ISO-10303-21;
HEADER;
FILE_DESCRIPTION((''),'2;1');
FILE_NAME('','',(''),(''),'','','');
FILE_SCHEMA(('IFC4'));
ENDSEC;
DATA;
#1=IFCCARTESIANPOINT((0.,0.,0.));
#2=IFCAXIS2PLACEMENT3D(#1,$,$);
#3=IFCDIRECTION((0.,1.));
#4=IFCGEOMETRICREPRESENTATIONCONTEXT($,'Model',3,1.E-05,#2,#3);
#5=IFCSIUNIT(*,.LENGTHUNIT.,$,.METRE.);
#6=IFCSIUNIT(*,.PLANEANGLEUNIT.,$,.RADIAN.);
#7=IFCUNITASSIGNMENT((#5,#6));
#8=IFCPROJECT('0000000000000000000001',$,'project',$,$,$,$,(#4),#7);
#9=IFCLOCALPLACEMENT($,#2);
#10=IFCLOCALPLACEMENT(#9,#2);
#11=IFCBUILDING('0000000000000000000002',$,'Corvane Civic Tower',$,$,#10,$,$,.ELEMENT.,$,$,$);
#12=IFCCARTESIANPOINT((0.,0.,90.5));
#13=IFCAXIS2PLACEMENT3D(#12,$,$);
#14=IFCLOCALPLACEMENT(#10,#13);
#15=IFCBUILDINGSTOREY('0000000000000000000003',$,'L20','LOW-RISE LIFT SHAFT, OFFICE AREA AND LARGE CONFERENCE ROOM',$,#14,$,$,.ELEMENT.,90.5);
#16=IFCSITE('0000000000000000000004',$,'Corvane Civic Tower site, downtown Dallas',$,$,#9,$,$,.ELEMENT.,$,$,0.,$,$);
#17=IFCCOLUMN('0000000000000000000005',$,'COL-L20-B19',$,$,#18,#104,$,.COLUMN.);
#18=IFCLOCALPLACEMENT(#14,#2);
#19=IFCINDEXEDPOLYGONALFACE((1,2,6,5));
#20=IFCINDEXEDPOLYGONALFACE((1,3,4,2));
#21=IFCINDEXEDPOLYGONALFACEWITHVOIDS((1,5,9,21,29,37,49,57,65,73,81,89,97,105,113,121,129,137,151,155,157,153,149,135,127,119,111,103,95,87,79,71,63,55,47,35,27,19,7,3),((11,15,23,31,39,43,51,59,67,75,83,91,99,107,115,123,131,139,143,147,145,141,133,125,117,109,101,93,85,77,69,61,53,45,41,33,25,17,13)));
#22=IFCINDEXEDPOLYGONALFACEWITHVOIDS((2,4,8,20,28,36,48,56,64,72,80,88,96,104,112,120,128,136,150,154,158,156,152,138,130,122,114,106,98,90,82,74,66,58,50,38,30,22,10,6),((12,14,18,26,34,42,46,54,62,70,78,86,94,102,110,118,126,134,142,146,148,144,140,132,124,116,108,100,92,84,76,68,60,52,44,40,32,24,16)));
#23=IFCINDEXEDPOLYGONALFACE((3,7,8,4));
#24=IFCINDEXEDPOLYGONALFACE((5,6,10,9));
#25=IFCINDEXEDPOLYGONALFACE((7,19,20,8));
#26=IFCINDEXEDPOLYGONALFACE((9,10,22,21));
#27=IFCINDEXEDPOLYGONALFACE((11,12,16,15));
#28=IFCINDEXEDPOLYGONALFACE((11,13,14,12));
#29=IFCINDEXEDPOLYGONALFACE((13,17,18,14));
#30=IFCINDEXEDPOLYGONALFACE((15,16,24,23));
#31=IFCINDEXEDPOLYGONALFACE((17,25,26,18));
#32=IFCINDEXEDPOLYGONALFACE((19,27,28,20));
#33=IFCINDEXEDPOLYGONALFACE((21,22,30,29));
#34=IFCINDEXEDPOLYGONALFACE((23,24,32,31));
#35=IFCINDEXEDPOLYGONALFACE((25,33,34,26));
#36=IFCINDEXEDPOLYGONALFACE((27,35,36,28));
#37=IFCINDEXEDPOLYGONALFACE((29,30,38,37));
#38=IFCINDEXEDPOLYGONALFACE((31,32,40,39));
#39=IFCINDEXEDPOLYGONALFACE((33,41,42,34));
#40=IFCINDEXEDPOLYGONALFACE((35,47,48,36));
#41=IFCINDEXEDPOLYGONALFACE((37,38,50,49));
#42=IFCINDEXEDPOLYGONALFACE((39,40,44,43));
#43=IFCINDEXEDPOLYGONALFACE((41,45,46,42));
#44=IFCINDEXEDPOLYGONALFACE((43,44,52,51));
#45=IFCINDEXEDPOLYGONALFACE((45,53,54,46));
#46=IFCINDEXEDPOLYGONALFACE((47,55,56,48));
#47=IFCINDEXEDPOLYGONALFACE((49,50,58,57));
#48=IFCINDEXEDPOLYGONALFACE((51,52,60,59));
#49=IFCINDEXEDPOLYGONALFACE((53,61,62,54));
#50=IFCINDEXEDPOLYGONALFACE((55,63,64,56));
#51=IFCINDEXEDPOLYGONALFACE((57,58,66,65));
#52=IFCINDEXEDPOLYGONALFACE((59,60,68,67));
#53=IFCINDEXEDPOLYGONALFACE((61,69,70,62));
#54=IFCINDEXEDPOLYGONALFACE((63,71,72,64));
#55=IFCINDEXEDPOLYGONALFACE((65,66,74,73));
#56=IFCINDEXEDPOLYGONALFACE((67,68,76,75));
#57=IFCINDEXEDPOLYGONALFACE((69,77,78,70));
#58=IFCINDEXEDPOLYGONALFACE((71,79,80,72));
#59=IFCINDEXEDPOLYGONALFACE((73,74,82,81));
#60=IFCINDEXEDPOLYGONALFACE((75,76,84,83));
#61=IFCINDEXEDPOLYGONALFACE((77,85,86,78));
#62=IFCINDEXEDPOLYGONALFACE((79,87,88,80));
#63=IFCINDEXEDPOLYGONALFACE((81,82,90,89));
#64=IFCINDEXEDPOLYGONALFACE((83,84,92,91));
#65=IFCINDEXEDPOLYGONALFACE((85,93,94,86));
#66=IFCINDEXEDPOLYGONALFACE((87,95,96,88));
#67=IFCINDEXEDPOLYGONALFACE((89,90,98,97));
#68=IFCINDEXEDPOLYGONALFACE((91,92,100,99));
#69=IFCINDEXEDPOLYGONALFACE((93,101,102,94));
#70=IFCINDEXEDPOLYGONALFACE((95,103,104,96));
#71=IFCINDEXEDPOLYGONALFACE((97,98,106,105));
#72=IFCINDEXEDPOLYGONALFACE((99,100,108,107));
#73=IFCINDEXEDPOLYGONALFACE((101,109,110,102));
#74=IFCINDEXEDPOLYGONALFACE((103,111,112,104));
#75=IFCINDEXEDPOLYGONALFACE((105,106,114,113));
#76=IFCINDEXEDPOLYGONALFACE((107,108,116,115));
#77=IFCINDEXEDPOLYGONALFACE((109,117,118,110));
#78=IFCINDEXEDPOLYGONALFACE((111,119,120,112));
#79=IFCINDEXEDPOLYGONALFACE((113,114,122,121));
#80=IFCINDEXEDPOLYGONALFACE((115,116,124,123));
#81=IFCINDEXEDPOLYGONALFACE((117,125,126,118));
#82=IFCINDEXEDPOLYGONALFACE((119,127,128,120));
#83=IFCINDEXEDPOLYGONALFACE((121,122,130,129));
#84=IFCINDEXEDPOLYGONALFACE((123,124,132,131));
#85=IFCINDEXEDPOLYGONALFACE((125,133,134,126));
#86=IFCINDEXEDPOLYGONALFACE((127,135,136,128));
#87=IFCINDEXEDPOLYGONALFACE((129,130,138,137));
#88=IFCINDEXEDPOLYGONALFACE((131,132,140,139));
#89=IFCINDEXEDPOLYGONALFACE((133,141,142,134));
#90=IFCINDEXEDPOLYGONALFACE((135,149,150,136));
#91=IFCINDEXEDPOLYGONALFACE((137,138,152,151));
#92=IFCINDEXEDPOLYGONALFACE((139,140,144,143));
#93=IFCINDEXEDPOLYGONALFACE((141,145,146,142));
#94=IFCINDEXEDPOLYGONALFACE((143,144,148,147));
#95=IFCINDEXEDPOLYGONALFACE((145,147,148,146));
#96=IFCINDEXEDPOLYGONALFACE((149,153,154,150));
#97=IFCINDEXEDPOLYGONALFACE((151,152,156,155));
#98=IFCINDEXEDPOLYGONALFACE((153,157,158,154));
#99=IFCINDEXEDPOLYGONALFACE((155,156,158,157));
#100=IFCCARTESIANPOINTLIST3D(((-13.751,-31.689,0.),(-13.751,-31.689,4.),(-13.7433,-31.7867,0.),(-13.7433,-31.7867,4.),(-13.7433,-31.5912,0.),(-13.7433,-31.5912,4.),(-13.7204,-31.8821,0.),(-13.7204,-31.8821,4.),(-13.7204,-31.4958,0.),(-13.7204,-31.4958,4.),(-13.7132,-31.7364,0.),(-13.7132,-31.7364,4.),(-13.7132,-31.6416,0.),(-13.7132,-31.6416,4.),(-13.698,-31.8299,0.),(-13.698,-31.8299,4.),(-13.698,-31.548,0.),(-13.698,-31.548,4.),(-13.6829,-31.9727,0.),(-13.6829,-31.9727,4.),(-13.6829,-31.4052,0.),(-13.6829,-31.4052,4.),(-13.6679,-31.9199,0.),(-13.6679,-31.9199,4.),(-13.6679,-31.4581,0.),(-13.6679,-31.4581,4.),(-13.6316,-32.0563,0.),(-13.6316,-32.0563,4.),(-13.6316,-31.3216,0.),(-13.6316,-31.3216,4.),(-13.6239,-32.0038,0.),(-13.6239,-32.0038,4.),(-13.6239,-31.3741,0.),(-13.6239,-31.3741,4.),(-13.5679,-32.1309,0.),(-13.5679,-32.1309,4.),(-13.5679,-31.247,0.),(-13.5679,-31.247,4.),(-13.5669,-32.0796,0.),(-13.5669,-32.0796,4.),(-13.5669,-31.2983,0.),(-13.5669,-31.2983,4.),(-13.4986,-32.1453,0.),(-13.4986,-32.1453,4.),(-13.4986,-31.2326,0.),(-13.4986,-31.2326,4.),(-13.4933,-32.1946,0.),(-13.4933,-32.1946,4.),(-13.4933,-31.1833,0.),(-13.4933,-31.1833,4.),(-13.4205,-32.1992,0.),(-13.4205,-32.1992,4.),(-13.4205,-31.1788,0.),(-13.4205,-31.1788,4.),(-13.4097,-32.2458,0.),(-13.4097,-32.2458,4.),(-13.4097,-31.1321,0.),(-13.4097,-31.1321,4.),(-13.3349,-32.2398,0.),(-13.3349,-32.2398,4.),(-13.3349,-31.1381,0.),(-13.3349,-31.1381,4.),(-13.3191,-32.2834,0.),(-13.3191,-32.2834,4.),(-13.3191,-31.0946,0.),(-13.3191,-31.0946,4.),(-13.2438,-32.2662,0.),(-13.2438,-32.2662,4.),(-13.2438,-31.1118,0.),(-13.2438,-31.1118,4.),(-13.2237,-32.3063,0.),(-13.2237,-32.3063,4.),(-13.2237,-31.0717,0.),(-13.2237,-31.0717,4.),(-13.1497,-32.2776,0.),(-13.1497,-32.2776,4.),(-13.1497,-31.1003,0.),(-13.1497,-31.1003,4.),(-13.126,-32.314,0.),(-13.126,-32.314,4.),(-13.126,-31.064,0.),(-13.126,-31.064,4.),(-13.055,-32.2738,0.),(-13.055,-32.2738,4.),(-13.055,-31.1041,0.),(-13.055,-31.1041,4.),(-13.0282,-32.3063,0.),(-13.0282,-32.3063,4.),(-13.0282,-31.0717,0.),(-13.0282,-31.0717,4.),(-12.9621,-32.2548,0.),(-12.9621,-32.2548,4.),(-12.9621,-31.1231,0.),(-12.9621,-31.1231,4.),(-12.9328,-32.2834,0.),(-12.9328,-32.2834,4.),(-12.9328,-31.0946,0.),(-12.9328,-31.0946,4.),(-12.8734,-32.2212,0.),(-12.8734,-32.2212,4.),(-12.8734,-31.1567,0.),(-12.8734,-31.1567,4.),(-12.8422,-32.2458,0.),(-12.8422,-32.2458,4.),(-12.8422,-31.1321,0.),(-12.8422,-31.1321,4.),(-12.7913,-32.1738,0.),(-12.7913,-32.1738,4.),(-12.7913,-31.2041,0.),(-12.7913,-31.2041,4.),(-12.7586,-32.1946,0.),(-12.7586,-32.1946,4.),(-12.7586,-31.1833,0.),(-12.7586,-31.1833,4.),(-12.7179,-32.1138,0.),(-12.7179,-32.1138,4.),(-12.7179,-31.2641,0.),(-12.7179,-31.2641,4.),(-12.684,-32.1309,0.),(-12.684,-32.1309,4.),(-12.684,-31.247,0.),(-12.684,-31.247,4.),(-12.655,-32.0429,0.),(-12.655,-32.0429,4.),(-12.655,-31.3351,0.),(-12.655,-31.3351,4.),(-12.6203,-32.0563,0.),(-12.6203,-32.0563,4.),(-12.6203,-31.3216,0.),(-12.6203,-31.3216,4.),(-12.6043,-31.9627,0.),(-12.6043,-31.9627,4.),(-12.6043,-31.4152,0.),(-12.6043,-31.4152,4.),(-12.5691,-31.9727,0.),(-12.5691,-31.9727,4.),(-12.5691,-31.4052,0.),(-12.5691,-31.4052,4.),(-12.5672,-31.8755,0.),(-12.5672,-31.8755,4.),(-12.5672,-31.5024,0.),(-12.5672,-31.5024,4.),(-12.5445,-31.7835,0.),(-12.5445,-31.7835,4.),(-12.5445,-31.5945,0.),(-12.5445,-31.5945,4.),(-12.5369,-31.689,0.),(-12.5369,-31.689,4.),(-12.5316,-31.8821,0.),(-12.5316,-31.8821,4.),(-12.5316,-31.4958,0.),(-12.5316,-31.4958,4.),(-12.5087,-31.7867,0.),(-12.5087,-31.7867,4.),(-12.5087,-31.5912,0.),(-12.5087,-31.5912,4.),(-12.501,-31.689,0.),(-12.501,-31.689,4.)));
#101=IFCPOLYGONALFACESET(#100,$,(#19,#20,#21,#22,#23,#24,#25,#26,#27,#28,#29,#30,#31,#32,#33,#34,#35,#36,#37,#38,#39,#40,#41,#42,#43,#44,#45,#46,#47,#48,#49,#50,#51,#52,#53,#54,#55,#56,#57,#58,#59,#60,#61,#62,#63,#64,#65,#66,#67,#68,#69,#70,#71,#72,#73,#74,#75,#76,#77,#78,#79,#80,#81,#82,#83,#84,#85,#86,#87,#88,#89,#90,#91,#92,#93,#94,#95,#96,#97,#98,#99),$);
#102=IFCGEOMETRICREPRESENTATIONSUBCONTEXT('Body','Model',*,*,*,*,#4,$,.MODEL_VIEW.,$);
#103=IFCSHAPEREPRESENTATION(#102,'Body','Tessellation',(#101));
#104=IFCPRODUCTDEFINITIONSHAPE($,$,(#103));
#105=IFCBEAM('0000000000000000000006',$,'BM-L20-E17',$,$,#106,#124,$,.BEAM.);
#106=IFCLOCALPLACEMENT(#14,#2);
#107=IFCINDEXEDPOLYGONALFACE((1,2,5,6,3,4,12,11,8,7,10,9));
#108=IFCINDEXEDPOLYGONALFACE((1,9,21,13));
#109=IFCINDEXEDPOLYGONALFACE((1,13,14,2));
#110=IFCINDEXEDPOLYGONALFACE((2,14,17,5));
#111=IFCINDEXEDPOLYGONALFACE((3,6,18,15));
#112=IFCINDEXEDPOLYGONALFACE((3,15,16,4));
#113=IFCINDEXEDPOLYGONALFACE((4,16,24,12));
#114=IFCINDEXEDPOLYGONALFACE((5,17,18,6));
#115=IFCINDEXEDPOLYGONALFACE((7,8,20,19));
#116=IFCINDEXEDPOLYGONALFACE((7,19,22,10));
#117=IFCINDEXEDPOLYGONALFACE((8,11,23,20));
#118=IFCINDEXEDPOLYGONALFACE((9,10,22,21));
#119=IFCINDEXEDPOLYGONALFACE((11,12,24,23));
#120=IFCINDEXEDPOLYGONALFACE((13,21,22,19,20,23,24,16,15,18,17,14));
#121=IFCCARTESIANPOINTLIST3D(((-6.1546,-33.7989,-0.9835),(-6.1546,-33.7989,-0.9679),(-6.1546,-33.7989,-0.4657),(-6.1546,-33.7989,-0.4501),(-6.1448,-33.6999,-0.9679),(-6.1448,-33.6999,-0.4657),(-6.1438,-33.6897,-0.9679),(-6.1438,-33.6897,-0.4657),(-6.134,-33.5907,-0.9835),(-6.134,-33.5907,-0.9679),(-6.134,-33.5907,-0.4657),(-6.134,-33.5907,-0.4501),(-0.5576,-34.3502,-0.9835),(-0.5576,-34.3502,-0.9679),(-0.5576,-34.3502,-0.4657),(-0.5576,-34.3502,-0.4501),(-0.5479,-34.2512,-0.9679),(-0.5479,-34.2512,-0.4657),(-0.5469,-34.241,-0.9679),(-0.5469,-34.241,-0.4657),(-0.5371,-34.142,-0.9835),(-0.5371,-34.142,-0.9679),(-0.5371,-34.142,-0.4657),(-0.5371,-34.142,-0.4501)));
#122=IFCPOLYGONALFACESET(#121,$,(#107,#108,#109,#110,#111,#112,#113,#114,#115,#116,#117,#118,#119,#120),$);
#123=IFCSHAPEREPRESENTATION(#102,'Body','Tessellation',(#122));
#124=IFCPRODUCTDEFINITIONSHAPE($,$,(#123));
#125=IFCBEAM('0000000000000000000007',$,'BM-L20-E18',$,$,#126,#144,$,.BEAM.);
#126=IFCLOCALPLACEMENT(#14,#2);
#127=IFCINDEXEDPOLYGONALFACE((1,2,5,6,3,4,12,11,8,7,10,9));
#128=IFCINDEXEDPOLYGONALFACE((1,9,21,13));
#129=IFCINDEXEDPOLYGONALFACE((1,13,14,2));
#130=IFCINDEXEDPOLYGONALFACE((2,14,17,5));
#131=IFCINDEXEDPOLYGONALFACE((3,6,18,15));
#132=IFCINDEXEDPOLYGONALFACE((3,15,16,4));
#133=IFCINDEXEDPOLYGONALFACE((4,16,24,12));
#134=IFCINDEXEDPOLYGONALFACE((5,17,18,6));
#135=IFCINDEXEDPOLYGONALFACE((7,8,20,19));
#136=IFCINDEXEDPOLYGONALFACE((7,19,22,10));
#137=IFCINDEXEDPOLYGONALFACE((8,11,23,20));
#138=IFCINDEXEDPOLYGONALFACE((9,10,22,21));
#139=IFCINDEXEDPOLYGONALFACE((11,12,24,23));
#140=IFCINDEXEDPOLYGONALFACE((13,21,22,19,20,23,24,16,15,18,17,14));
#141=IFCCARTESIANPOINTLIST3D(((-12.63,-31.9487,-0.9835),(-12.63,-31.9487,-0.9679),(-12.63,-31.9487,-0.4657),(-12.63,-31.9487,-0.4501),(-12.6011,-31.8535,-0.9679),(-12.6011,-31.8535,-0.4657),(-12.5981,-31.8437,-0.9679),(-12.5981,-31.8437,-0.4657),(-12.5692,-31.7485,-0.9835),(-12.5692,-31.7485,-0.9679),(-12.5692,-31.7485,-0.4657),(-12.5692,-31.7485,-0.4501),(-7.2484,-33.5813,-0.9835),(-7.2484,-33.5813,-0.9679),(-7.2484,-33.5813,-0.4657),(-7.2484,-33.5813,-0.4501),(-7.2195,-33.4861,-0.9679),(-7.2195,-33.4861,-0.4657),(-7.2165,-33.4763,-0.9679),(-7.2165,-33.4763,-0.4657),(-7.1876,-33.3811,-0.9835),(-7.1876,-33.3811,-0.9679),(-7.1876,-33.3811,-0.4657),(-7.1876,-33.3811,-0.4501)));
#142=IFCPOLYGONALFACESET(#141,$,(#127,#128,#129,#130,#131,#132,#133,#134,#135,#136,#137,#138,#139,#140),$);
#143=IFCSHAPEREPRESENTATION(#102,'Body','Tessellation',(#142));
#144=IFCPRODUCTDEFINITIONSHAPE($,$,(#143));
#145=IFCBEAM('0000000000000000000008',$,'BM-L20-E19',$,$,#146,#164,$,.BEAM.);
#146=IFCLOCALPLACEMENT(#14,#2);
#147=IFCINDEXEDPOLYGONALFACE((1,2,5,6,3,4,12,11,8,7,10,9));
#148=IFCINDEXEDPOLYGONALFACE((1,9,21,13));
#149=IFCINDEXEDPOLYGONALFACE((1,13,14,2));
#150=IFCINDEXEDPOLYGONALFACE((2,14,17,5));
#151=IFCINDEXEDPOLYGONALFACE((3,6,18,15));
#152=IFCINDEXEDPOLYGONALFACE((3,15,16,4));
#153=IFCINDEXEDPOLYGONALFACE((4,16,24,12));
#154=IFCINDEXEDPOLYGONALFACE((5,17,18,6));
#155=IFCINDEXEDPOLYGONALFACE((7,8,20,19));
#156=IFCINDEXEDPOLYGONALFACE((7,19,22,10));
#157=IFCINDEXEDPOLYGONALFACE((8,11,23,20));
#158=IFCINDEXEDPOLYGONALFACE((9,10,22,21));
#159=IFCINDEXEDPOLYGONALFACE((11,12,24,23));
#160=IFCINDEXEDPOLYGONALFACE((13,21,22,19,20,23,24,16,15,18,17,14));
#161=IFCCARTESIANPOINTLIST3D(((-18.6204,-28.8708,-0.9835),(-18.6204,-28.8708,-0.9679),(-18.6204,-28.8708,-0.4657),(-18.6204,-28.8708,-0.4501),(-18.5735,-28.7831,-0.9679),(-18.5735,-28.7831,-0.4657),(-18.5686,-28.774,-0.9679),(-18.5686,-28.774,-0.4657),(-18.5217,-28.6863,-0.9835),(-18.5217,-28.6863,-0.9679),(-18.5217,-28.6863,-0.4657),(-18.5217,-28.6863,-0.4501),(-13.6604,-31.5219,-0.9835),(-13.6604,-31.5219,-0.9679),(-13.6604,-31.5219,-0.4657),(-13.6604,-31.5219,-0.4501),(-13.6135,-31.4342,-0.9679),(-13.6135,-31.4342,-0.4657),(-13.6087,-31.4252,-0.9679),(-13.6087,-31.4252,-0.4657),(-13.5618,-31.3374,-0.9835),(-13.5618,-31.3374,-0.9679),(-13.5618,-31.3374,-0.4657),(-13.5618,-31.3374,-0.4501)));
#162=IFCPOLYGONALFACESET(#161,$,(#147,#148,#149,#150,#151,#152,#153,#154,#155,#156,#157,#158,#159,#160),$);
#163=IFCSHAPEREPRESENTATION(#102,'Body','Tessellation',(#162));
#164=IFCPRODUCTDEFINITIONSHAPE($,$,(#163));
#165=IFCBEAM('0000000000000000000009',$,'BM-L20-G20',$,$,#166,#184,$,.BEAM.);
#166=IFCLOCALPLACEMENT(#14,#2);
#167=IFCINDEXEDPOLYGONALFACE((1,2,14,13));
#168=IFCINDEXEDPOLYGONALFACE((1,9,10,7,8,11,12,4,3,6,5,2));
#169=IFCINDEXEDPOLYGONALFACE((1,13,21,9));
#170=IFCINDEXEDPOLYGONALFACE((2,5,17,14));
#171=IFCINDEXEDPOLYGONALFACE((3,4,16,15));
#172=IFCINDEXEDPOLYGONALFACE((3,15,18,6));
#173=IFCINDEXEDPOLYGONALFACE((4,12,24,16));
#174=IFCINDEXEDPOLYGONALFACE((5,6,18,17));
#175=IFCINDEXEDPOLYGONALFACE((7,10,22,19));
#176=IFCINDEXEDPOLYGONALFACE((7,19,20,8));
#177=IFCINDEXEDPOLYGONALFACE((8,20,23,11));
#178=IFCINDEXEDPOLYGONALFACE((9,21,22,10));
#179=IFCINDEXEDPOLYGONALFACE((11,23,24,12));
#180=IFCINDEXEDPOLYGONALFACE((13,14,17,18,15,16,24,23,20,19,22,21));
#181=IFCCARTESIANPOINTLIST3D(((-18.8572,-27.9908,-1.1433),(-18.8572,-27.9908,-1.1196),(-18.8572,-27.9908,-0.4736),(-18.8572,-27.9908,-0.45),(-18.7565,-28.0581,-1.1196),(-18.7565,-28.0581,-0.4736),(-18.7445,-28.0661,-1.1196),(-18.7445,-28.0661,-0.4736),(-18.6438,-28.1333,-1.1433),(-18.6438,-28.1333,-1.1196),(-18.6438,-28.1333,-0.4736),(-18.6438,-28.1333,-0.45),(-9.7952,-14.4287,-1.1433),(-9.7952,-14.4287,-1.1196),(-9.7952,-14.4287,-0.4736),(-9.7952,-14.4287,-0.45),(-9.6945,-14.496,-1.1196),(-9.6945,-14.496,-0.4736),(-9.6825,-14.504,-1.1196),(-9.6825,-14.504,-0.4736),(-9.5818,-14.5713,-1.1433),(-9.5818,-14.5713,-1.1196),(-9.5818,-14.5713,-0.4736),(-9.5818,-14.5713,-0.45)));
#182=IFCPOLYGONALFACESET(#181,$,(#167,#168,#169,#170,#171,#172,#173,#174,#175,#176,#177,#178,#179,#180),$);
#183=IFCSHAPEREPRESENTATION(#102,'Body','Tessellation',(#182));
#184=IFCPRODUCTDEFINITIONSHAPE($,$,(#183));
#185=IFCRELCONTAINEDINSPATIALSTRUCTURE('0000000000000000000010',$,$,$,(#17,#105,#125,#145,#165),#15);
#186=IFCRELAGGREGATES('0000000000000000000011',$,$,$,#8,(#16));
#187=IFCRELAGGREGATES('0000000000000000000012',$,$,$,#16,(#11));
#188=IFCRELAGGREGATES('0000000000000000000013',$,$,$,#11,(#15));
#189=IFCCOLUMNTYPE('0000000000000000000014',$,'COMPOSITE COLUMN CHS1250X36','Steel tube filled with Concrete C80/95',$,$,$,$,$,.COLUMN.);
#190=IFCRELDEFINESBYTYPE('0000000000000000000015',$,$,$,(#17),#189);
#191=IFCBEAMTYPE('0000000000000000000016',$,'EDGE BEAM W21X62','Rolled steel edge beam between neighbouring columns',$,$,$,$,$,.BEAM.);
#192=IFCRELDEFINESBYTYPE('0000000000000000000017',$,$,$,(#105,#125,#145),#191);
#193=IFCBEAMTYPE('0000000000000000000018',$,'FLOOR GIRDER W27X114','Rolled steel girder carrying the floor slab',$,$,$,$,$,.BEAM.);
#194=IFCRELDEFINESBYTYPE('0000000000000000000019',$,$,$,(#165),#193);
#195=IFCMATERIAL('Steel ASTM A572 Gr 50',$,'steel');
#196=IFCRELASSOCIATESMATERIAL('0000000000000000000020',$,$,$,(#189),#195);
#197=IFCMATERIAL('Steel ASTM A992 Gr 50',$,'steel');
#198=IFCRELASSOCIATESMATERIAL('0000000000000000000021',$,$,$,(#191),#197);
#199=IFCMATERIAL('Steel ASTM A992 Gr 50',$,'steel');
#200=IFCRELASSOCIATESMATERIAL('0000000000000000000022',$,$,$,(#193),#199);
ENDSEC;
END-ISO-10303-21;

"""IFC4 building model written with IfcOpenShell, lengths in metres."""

from ifc_helpers import new_model, si_unit, direction, frame, origin, origin_2d, place, context, subcontext, project, spatial, hollow_circle, i_section, extrude, material, material_profile, profile_set, type_object, element, save


model = new_model("IFC4")

# Units and contexts
model_context = context("Model", 3, precision=1e-05, world=origin(), true_north=direction((0.0, 1.0)))
body_context = subcontext(model_context, "Body", "Model", "MODEL_VIEW")
ifc_project = project(units=[si_unit("LENGTHUNIT", "METRE"), si_unit("PLANEANGLEUNIT", "RADIAN")], contexts=[model_context])

# Site, building, storey
site_placement = place(None, origin())
site = spatial("IfcSite", under=ifc_project, at=site_placement, Name="Corvane Civic Tower site, downtown Dallas", CompositionType="ELEMENT", RefElevation=0.0)
building_placement = place(site_placement, origin())
building = spatial("IfcBuilding", under=site, at=building_placement, Name="Corvane Civic Tower", CompositionType="ELEMENT")
storey_placement = place(building_placement, frame((0.0, 0.0, 90.5)))
storey = spatial("IfcBuildingStorey", under=building, at=storey_placement, Name="L20", Description="LOW-RISE LIFT SHAFT, OFFICE AREA AND LARGE CONFERENCE ROOM", CompositionType="ELEMENT", Elevation=90.5)

# Column
ifc_material_1 = material(Name="Steel ASTM A572 Gr 50", Category="steel")
ifc_material_profile_1 = material_profile(ifc_material_1, hollow_circle(Radius=0.625, WallThickness=0.0359, at=origin_2d()), Name="CHS1250X36")
ifc_profile_set_1 = profile_set([ifc_material_profile_1], Name="Steel ASTM A572 Gr 50")
column_type = type_object("IfcColumnType", Name="COMPOSITE COLUMN CHS1250X36", Description="Steel tube filled with Concrete C80/95", PredefinedType="COLUMN", material=ifc_profile_set_1)
for number, where, z_axis, x_axis, name in (
    (1, (-13.126, -31.689, 0.0), (0.0, 0.0, 1.0), (1.0, 0.0, 0.0), "COL-L20-B19"),
):
    element("IfcColumn", number, at=place(storey_placement, frame(where, z_axis=z_axis, x_axis=x_axis)), inside=storey, type_object=column_type, Name=name, PredefinedType="COLUMN", context=body_context, shape_type="SweptSolid", body=[
        extrude(hollow_circle(Radius=0.625, WallThickness=0.0359, at=origin_2d()), origin(), (0.0, 0.0, 1.0), 4.0),
    ])

# Beams
ifc_material_2 = material(Name="Steel ASTM A992 Gr 50", Category="steel")
ifc_material_profile_2 = material_profile(ifc_material_2, i_section(OverallWidth=0.2092, OverallDepth=0.5334, WebThickness=0.0103, FlangeThickness=0.0156, at=origin_2d()), Name="W21X62")
ifc_profile_set_2 = profile_set([ifc_material_profile_2], Name="Steel ASTM A992 Gr 50")
beam_type_1 = type_object("IfcBeamType", Name="EDGE BEAM W21X62", Description="Rolled steel edge beam between neighbouring columns", PredefinedType="BEAM", material=ifc_profile_set_2)
beam_1_placement = place(storey_placement, frame((-0.5474, -34.2461, -0.7168), z_axis=(-0.995184, 0.098021, 0.0), x_axis=(-0.098021, -0.995184, 0.0)))
element("IfcBeam", 2, at=beam_1_placement, inside=storey, type_object=beam_type_1, Name="BM-L20-E17", PredefinedType="BEAM", context=body_context, shape_type="SweptSolid", body=[
    extrude(i_section(OverallWidth=0.2092, OverallDepth=0.5334, WebThickness=0.0103, FlangeThickness=0.0156, at=origin_2d()), origin(), (0.0, 0.0, 1.0), 5.624),
])
beam_2_placement = place(storey_placement, frame((-7.218, -33.4812, -0.7168), z_axis=(-0.956936, 0.290298, 0.0), x_axis=(-0.290298, -0.956936, 0.0)))
element("IfcBeam", 3, at=beam_2_placement, inside=storey, type_object=beam_type_1, Name="BM-L20-E18", PredefinedType="BEAM", context=body_context, shape_type="SweptSolid", body=[
    extrude(i_section(OverallWidth=0.2092, OverallDepth=0.5334, WebThickness=0.0103, FlangeThickness=0.0156, at=origin_2d()), origin(), (0.0, 0.0, 1.0), 5.6238),
])
beam_3_placement = place(storey_placement, frame((-13.6111, -31.4297, -0.7168), z_axis=(-0.881924, 0.471392, 0.0), x_axis=(-0.471392, -0.881924, 0.0)))
element("IfcBeam", 4, at=beam_3_placement, inside=storey, type_object=beam_type_1, Name="BM-L20-E19", PredefinedType="BEAM", context=body_context, shape_type="SweptSolid", body=[
    extrude(i_section(OverallWidth=0.2092, OverallDepth=0.5334, WebThickness=0.0103, FlangeThickness=0.0156, at=origin_2d()), origin(), (0.0, 0.0, 1.0), 5.624),
])
ifc_material_3 = material(Name="Steel ASTM A992 Gr 50", Category="steel")
ifc_material_profile_3 = material_profile(ifc_material_3, i_section(OverallWidth=0.2566, OverallDepth=0.6934, WebThickness=0.0144, FlangeThickness=0.0237, at=origin_2d()), Name="W27X114")
ifc_profile_set_3 = profile_set([ifc_material_profile_3], Name="Steel ASTM A992 Gr 50")
beam_type_2 = type_object("IfcBeamType", Name="FLOOR GIRDER W27X114", Description="Rolled steel girder carrying the floor slab", PredefinedType="BEAM", material=ifc_profile_set_3)
beam_4_placement = place(storey_placement, frame((-9.6885, -14.5, -0.7966), z_axis=(-0.555577, -0.831465, 0.0), x_axis=(0.831465, -0.555577, 0.0)))
element("IfcBeam", 5, at=beam_4_placement, inside=storey, type_object=beam_type_2, Name="BM-L20-G20", PredefinedType="BEAM", context=body_context, shape_type="SweptSolid", body=[
    extrude(i_section(OverallWidth=0.2566, OverallDepth=0.6934, WebThickness=0.0144, FlangeThickness=0.0237, at=origin_2d()), origin(), (0.0, 0.0, 1.0), 16.311),
])

save(model, "model.ifc")
